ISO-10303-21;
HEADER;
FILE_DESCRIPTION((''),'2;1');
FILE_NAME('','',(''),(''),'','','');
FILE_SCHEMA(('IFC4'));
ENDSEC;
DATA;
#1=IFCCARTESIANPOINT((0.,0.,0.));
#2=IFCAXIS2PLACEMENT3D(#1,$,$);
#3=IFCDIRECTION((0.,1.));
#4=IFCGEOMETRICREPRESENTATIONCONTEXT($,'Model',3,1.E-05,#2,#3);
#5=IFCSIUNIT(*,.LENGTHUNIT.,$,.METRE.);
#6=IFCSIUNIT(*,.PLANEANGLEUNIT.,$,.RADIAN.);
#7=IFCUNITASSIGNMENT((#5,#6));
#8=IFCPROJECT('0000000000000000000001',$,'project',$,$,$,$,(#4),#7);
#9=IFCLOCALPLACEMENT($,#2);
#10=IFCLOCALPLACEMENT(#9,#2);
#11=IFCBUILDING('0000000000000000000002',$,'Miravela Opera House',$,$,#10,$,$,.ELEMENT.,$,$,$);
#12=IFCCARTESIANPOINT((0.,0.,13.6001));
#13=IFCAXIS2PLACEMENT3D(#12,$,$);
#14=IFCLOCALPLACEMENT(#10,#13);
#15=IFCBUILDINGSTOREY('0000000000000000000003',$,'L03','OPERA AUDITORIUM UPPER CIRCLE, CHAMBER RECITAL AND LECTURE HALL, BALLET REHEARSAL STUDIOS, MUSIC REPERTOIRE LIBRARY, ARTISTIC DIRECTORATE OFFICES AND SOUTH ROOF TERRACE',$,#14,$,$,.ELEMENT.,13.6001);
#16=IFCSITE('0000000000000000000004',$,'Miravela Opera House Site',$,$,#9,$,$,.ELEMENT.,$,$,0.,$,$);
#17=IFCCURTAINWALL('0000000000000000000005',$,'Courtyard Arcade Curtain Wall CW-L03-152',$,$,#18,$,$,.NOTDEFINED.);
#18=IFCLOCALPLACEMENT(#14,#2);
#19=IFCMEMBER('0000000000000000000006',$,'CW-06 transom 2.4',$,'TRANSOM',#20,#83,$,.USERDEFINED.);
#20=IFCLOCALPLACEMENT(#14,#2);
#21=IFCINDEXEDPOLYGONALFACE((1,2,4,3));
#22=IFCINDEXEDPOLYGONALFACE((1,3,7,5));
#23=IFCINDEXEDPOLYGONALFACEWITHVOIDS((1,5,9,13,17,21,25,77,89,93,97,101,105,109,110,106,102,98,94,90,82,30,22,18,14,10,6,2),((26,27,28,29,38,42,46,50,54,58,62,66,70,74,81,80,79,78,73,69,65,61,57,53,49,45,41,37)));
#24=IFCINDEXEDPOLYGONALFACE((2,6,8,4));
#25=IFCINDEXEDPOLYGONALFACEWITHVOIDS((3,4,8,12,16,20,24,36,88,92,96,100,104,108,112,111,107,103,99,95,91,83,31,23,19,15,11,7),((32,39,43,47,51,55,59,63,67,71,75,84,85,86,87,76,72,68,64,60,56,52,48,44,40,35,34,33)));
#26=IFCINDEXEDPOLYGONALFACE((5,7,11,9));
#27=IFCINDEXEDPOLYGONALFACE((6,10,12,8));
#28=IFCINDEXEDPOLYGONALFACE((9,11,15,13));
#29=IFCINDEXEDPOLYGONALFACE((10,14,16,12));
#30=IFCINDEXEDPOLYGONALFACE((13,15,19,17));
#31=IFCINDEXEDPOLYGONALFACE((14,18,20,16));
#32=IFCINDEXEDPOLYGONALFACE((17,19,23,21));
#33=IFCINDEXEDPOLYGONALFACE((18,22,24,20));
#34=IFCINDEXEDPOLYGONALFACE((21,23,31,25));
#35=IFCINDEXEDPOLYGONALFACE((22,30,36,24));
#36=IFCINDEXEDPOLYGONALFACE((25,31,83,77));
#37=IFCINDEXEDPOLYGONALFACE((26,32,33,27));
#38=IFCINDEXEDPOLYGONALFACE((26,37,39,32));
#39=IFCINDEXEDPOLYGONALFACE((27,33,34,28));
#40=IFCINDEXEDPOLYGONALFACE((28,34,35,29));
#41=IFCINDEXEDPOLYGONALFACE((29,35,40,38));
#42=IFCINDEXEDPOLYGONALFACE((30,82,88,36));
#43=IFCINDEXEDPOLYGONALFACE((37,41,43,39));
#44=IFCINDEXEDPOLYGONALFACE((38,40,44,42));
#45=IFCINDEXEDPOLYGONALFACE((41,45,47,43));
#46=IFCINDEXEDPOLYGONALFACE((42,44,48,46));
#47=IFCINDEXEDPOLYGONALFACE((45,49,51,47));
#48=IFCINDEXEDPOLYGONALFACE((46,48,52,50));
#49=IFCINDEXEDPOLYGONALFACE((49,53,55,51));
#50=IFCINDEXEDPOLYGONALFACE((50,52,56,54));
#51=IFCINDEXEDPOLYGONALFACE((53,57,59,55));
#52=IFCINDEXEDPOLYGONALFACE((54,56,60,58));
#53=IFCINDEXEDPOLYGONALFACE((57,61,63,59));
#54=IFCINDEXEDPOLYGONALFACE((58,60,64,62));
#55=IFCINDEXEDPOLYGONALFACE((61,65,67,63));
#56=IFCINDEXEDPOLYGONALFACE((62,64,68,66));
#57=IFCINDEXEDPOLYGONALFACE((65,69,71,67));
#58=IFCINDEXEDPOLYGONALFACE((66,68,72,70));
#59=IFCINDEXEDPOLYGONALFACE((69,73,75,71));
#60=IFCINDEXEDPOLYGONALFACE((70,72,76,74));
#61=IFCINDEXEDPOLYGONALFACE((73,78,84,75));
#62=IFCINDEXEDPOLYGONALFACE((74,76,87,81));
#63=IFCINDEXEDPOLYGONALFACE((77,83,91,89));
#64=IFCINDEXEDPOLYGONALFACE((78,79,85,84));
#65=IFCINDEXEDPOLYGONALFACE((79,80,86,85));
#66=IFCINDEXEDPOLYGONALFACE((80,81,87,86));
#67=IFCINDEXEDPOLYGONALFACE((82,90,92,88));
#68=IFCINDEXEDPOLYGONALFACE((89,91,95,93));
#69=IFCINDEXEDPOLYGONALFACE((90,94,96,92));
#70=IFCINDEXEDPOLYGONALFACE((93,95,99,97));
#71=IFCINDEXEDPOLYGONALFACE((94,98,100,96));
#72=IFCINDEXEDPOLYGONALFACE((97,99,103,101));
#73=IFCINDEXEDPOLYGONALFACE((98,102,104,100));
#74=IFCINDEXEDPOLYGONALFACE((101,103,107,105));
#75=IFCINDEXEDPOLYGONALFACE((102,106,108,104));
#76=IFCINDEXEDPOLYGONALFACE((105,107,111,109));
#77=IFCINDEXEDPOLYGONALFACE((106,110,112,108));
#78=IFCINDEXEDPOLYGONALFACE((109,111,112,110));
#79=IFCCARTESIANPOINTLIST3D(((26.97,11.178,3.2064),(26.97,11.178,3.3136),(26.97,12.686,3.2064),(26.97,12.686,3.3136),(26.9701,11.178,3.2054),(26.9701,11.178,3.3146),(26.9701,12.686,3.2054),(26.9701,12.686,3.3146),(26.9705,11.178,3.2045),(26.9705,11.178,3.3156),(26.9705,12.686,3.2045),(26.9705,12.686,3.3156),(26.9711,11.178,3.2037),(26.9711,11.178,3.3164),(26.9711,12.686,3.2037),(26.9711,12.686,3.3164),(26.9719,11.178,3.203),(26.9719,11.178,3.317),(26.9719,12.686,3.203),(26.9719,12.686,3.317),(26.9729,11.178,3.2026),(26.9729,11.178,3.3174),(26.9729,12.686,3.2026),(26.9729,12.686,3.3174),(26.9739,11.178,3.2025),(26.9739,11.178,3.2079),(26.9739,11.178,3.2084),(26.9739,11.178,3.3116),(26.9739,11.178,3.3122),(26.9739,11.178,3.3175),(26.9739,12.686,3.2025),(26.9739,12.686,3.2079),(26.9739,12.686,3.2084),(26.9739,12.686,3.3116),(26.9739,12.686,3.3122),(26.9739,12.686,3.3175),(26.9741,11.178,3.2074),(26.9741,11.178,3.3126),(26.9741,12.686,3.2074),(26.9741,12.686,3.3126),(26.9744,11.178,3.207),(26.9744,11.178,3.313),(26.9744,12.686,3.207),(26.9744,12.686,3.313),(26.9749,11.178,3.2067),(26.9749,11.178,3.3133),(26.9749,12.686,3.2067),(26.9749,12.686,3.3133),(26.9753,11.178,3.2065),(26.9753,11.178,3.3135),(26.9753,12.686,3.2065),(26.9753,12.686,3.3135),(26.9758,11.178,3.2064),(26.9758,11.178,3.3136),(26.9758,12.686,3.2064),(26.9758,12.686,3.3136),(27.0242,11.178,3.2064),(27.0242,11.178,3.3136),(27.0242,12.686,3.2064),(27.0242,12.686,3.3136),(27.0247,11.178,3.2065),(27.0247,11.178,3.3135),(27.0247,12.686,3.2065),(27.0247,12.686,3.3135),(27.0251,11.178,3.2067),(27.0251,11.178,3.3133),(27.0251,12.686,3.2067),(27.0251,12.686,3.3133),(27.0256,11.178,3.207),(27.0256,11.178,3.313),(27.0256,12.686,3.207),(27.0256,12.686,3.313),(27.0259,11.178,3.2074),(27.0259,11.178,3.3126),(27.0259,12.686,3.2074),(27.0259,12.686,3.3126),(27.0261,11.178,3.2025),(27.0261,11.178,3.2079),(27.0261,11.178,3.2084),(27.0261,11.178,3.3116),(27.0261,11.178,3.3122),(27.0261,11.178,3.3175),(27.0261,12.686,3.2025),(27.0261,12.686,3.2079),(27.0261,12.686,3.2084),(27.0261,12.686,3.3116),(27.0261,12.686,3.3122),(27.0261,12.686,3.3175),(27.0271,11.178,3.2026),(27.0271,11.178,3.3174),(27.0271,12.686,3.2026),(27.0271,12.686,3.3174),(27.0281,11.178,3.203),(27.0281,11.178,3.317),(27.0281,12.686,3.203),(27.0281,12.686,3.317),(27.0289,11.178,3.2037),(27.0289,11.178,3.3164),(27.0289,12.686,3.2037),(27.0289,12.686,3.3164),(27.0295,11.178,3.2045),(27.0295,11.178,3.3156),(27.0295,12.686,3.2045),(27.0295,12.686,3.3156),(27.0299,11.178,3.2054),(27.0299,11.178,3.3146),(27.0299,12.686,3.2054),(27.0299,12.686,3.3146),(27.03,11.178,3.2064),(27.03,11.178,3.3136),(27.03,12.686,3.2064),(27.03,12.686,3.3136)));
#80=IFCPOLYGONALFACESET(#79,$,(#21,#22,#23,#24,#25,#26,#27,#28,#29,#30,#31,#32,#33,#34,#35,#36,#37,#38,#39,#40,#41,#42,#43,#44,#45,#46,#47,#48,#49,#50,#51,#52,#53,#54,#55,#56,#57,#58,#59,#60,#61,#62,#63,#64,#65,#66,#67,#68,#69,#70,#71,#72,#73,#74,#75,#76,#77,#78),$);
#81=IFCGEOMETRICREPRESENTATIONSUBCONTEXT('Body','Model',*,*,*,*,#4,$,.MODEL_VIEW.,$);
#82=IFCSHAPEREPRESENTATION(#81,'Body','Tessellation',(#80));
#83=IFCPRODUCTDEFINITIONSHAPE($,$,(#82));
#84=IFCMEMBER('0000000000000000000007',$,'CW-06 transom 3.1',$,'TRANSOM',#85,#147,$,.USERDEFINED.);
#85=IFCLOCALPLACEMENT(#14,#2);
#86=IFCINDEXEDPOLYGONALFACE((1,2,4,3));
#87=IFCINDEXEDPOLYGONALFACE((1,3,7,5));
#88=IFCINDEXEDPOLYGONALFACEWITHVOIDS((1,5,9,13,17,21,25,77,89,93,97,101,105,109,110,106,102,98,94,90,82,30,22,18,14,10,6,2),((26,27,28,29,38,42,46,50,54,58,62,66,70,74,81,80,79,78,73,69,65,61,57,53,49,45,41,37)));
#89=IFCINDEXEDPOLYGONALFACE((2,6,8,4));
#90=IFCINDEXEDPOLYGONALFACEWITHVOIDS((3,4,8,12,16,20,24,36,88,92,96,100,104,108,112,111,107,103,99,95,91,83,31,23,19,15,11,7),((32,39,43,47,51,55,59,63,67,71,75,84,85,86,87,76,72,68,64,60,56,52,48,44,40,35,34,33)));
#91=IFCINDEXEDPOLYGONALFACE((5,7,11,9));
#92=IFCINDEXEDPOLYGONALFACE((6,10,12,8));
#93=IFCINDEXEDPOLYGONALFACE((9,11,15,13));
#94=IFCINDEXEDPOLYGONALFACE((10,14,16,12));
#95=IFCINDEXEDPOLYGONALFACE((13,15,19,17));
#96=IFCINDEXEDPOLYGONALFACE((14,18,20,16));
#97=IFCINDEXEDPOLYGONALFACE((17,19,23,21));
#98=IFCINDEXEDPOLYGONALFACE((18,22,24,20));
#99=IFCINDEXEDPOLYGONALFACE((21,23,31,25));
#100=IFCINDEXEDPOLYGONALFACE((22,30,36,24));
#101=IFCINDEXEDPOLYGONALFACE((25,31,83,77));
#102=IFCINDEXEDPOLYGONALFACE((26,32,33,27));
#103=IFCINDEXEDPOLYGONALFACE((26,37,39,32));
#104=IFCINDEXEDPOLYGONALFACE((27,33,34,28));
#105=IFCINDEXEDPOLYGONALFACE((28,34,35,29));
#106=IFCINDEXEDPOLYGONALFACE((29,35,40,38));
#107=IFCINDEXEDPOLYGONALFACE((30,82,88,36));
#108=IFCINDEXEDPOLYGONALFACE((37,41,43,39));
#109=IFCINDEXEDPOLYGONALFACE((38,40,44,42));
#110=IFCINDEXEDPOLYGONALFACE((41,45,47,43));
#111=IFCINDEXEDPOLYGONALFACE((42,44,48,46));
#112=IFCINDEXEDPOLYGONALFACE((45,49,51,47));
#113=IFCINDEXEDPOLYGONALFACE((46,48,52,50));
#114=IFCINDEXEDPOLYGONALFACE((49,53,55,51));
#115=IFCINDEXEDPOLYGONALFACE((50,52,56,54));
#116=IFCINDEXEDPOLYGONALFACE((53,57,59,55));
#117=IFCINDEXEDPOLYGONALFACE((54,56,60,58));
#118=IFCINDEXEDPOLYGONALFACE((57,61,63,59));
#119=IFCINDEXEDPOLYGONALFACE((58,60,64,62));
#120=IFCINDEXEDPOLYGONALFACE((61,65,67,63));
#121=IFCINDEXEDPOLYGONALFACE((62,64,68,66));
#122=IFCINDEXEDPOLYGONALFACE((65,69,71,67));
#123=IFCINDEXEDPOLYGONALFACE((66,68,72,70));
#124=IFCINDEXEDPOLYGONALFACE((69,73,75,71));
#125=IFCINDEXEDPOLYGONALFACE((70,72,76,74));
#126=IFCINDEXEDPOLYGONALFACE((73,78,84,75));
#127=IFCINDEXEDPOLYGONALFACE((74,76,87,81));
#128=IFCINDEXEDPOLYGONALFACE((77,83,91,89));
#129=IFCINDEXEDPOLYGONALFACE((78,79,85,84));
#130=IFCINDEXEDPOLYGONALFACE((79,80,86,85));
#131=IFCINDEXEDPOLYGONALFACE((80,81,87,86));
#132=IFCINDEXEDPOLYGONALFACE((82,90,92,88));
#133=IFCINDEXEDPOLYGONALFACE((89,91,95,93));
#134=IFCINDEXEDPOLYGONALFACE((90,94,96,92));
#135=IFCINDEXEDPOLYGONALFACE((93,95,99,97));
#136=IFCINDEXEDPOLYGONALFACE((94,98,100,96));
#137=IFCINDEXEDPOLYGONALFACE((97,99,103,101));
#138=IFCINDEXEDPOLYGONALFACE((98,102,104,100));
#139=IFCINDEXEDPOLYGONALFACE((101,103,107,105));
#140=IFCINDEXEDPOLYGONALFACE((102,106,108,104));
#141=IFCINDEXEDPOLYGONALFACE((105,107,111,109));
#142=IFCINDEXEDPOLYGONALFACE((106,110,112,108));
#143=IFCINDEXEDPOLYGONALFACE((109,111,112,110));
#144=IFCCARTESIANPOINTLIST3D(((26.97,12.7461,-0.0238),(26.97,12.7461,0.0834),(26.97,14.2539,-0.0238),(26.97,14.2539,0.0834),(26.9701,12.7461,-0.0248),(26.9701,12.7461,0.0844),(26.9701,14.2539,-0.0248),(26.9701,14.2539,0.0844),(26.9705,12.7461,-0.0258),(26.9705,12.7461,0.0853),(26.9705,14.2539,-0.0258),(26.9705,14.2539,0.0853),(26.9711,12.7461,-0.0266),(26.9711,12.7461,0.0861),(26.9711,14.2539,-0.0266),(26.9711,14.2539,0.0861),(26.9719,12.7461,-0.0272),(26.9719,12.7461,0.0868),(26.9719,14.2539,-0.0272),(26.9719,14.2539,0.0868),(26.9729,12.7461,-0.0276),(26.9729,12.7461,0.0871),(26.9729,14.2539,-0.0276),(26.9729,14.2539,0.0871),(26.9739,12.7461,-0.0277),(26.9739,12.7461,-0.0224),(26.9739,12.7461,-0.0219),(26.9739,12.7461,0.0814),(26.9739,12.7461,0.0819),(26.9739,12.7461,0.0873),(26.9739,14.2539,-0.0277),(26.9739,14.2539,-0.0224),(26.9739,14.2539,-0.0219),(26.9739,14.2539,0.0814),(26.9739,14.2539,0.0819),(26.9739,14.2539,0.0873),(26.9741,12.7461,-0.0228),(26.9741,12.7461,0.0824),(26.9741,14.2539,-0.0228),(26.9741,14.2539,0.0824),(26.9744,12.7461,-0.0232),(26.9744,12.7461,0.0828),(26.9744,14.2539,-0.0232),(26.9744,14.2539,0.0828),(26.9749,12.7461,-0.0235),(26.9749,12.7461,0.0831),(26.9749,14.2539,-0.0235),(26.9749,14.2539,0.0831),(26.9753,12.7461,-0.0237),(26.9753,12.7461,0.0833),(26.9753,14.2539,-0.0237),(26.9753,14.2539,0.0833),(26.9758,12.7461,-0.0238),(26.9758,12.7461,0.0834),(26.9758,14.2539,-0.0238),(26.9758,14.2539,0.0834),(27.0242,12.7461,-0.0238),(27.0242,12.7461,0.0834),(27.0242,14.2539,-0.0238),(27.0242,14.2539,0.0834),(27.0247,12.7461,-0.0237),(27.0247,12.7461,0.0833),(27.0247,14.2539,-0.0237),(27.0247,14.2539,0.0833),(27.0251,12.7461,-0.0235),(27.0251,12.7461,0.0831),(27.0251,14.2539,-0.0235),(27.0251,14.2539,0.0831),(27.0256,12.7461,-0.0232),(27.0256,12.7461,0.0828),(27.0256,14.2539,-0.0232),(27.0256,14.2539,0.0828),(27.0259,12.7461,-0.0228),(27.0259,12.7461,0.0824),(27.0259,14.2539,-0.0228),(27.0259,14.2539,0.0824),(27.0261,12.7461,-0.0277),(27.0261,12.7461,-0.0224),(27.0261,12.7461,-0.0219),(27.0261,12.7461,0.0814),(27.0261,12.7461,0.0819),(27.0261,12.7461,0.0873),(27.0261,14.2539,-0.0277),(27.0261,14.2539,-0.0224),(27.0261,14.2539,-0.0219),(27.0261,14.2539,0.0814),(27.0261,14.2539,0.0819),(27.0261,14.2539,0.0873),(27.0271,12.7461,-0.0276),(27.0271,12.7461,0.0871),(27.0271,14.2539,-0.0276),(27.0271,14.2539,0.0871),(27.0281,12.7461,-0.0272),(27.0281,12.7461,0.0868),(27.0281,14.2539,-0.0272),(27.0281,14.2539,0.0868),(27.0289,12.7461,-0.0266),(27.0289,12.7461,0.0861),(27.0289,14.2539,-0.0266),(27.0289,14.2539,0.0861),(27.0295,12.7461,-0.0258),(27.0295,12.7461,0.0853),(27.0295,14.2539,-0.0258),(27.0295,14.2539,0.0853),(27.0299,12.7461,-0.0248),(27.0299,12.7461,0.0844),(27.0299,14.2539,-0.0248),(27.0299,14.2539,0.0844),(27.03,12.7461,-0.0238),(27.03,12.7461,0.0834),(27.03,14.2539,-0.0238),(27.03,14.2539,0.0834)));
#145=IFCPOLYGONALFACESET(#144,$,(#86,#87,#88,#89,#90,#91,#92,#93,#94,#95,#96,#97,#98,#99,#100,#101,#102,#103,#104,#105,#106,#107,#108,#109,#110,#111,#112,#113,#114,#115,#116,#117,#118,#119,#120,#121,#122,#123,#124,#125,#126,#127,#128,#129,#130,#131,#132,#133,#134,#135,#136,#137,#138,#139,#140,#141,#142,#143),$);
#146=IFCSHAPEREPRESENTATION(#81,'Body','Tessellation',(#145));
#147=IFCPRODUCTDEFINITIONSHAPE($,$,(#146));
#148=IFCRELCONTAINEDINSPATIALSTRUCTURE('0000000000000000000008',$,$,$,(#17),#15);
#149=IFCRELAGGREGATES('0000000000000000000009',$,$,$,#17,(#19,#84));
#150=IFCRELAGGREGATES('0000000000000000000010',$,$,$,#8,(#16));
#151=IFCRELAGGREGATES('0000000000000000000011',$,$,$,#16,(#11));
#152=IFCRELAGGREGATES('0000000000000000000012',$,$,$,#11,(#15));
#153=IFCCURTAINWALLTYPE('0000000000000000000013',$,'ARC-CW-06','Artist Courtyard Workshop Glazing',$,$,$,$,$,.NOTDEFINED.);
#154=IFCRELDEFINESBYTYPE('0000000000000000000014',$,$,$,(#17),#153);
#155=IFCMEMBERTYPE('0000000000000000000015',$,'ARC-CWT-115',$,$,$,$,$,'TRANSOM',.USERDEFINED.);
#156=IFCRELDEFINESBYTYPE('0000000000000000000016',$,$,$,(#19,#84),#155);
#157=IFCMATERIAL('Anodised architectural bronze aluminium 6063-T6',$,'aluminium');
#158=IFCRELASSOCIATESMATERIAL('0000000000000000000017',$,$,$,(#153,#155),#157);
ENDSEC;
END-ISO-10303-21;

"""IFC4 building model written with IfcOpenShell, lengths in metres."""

from ifc_helpers import new_model, si_unit, direction, frame, origin, origin_2d, place, context, subcontext, project, spatial, hollow_rectangle, extrude, material, material_profile, profile_set, type_object, element, aggregate, save


model = new_model("IFC4")

# Units and contexts
model_context = context("Model", 3, precision=1e-05, world=origin(), true_north=direction((0.0, 1.0)))
body_context = subcontext(model_context, "Body", "Model", "MODEL_VIEW")
ifc_project = project(units=[si_unit("LENGTHUNIT", "METRE"), si_unit("PLANEANGLEUNIT", "RADIAN")], contexts=[model_context])

# Site, building, storey
site_placement = place(None, origin())
site = spatial("IfcSite", under=ifc_project, at=site_placement, Name="Miravela Opera House Site", CompositionType="ELEMENT", RefElevation=0.0)
building_placement = place(site_placement, origin())
building = spatial("IfcBuilding", under=site, at=building_placement, Name="Miravela Opera House", CompositionType="ELEMENT")
storey_placement = place(building_placement, frame((0.0, 0.0, 13.6001)))
storey = spatial("IfcBuildingStorey", under=building, at=storey_placement, Name="L03", Description="OPERA AUDITORIUM UPPER CIRCLE, CHAMBER RECITAL AND LECTURE HALL, BALLET REHEARSAL STUDIOS, MUSIC REPERTOIRE LIBRARY, ARTISTIC DIRECTORATE OFFICES AND SOUTH ROOF TERRACE", CompositionType="ELEMENT", Elevation=13.6001)

# Curtain wall, members
ifc_material_1 = material(Name="Anodised architectural bronze aluminium 6063-T6", Category="aluminium")
curtain_wall_type = type_object("IfcCurtainWallType", Name="ARC-CW-06", Description="Artist Courtyard Workshop Glazing", PredefinedType="NOTDEFINED", material=ifc_material_1)
curtain_wall_placement = place(storey_placement, origin())
curtain_wall = element("IfcCurtainWall", 1, at=curtain_wall_placement, inside=storey, type_object=curtain_wall_type, Name="Courtyard Arcade Curtain Wall CW-L03-152", PredefinedType="NOTDEFINED")
ifc_material_profile_1 = material_profile(ifc_material_1, hollow_rectangle(XDim=0.0601, YDim=0.115, WallThickness=0.0039, InnerFilletRadius=0.002, OuterFilletRadius=0.0039, at=origin_2d()), Name="CWT-60X115")
ifc_profile_set_1 = profile_set([ifc_material_profile_1])
member_type_1 = type_object("IfcMemberType", Name="ARC-CWT-115", ElementType="TRANSOM", PredefinedType="USERDEFINED", material=ifc_profile_set_1)
member_1_placement = place(storey_placement, frame((27.0, 11.178, 3.26), z_axis=(0.0, 1.0, 0.0), x_axis=(-1.0, 0.0, 0.0)))
member_1 = element("IfcMember", 2, at=member_1_placement, type_object=member_type_1, Name="CW-06 transom 2.4", ObjectType="TRANSOM", PredefinedType="USERDEFINED", context=body_context, shape_type="SweptSolid", body=[
    extrude(hollow_rectangle(XDim=0.0601, YDim=0.115, WallThickness=0.0039, InnerFilletRadius=0.002, OuterFilletRadius=0.0039, at=origin_2d()), origin(), (0.0, 0.0, 1.0), 1.5081),
])
member_2_placement = place(storey_placement, frame((27.0, 12.7461, 0.0298), z_axis=(0.0, 1.0, 0.0), x_axis=(-1.0, 0.0, 0.0)))
member_2 = element("IfcMember", 3, at=member_2_placement, type_object=member_type_1, Name="CW-06 transom 3.1", ObjectType="TRANSOM", PredefinedType="USERDEFINED", context=body_context, shape_type="SweptSolid", body=[
    extrude(hollow_rectangle(XDim=0.0601, YDim=0.115, WallThickness=0.0039, InnerFilletRadius=0.002, OuterFilletRadius=0.0039, at=origin_2d()), origin(), (0.0, 0.0, 1.0), 1.5078),
])

aggregate(curtain_wall, [member_1, member_2])

save(model, "model.ifc")
